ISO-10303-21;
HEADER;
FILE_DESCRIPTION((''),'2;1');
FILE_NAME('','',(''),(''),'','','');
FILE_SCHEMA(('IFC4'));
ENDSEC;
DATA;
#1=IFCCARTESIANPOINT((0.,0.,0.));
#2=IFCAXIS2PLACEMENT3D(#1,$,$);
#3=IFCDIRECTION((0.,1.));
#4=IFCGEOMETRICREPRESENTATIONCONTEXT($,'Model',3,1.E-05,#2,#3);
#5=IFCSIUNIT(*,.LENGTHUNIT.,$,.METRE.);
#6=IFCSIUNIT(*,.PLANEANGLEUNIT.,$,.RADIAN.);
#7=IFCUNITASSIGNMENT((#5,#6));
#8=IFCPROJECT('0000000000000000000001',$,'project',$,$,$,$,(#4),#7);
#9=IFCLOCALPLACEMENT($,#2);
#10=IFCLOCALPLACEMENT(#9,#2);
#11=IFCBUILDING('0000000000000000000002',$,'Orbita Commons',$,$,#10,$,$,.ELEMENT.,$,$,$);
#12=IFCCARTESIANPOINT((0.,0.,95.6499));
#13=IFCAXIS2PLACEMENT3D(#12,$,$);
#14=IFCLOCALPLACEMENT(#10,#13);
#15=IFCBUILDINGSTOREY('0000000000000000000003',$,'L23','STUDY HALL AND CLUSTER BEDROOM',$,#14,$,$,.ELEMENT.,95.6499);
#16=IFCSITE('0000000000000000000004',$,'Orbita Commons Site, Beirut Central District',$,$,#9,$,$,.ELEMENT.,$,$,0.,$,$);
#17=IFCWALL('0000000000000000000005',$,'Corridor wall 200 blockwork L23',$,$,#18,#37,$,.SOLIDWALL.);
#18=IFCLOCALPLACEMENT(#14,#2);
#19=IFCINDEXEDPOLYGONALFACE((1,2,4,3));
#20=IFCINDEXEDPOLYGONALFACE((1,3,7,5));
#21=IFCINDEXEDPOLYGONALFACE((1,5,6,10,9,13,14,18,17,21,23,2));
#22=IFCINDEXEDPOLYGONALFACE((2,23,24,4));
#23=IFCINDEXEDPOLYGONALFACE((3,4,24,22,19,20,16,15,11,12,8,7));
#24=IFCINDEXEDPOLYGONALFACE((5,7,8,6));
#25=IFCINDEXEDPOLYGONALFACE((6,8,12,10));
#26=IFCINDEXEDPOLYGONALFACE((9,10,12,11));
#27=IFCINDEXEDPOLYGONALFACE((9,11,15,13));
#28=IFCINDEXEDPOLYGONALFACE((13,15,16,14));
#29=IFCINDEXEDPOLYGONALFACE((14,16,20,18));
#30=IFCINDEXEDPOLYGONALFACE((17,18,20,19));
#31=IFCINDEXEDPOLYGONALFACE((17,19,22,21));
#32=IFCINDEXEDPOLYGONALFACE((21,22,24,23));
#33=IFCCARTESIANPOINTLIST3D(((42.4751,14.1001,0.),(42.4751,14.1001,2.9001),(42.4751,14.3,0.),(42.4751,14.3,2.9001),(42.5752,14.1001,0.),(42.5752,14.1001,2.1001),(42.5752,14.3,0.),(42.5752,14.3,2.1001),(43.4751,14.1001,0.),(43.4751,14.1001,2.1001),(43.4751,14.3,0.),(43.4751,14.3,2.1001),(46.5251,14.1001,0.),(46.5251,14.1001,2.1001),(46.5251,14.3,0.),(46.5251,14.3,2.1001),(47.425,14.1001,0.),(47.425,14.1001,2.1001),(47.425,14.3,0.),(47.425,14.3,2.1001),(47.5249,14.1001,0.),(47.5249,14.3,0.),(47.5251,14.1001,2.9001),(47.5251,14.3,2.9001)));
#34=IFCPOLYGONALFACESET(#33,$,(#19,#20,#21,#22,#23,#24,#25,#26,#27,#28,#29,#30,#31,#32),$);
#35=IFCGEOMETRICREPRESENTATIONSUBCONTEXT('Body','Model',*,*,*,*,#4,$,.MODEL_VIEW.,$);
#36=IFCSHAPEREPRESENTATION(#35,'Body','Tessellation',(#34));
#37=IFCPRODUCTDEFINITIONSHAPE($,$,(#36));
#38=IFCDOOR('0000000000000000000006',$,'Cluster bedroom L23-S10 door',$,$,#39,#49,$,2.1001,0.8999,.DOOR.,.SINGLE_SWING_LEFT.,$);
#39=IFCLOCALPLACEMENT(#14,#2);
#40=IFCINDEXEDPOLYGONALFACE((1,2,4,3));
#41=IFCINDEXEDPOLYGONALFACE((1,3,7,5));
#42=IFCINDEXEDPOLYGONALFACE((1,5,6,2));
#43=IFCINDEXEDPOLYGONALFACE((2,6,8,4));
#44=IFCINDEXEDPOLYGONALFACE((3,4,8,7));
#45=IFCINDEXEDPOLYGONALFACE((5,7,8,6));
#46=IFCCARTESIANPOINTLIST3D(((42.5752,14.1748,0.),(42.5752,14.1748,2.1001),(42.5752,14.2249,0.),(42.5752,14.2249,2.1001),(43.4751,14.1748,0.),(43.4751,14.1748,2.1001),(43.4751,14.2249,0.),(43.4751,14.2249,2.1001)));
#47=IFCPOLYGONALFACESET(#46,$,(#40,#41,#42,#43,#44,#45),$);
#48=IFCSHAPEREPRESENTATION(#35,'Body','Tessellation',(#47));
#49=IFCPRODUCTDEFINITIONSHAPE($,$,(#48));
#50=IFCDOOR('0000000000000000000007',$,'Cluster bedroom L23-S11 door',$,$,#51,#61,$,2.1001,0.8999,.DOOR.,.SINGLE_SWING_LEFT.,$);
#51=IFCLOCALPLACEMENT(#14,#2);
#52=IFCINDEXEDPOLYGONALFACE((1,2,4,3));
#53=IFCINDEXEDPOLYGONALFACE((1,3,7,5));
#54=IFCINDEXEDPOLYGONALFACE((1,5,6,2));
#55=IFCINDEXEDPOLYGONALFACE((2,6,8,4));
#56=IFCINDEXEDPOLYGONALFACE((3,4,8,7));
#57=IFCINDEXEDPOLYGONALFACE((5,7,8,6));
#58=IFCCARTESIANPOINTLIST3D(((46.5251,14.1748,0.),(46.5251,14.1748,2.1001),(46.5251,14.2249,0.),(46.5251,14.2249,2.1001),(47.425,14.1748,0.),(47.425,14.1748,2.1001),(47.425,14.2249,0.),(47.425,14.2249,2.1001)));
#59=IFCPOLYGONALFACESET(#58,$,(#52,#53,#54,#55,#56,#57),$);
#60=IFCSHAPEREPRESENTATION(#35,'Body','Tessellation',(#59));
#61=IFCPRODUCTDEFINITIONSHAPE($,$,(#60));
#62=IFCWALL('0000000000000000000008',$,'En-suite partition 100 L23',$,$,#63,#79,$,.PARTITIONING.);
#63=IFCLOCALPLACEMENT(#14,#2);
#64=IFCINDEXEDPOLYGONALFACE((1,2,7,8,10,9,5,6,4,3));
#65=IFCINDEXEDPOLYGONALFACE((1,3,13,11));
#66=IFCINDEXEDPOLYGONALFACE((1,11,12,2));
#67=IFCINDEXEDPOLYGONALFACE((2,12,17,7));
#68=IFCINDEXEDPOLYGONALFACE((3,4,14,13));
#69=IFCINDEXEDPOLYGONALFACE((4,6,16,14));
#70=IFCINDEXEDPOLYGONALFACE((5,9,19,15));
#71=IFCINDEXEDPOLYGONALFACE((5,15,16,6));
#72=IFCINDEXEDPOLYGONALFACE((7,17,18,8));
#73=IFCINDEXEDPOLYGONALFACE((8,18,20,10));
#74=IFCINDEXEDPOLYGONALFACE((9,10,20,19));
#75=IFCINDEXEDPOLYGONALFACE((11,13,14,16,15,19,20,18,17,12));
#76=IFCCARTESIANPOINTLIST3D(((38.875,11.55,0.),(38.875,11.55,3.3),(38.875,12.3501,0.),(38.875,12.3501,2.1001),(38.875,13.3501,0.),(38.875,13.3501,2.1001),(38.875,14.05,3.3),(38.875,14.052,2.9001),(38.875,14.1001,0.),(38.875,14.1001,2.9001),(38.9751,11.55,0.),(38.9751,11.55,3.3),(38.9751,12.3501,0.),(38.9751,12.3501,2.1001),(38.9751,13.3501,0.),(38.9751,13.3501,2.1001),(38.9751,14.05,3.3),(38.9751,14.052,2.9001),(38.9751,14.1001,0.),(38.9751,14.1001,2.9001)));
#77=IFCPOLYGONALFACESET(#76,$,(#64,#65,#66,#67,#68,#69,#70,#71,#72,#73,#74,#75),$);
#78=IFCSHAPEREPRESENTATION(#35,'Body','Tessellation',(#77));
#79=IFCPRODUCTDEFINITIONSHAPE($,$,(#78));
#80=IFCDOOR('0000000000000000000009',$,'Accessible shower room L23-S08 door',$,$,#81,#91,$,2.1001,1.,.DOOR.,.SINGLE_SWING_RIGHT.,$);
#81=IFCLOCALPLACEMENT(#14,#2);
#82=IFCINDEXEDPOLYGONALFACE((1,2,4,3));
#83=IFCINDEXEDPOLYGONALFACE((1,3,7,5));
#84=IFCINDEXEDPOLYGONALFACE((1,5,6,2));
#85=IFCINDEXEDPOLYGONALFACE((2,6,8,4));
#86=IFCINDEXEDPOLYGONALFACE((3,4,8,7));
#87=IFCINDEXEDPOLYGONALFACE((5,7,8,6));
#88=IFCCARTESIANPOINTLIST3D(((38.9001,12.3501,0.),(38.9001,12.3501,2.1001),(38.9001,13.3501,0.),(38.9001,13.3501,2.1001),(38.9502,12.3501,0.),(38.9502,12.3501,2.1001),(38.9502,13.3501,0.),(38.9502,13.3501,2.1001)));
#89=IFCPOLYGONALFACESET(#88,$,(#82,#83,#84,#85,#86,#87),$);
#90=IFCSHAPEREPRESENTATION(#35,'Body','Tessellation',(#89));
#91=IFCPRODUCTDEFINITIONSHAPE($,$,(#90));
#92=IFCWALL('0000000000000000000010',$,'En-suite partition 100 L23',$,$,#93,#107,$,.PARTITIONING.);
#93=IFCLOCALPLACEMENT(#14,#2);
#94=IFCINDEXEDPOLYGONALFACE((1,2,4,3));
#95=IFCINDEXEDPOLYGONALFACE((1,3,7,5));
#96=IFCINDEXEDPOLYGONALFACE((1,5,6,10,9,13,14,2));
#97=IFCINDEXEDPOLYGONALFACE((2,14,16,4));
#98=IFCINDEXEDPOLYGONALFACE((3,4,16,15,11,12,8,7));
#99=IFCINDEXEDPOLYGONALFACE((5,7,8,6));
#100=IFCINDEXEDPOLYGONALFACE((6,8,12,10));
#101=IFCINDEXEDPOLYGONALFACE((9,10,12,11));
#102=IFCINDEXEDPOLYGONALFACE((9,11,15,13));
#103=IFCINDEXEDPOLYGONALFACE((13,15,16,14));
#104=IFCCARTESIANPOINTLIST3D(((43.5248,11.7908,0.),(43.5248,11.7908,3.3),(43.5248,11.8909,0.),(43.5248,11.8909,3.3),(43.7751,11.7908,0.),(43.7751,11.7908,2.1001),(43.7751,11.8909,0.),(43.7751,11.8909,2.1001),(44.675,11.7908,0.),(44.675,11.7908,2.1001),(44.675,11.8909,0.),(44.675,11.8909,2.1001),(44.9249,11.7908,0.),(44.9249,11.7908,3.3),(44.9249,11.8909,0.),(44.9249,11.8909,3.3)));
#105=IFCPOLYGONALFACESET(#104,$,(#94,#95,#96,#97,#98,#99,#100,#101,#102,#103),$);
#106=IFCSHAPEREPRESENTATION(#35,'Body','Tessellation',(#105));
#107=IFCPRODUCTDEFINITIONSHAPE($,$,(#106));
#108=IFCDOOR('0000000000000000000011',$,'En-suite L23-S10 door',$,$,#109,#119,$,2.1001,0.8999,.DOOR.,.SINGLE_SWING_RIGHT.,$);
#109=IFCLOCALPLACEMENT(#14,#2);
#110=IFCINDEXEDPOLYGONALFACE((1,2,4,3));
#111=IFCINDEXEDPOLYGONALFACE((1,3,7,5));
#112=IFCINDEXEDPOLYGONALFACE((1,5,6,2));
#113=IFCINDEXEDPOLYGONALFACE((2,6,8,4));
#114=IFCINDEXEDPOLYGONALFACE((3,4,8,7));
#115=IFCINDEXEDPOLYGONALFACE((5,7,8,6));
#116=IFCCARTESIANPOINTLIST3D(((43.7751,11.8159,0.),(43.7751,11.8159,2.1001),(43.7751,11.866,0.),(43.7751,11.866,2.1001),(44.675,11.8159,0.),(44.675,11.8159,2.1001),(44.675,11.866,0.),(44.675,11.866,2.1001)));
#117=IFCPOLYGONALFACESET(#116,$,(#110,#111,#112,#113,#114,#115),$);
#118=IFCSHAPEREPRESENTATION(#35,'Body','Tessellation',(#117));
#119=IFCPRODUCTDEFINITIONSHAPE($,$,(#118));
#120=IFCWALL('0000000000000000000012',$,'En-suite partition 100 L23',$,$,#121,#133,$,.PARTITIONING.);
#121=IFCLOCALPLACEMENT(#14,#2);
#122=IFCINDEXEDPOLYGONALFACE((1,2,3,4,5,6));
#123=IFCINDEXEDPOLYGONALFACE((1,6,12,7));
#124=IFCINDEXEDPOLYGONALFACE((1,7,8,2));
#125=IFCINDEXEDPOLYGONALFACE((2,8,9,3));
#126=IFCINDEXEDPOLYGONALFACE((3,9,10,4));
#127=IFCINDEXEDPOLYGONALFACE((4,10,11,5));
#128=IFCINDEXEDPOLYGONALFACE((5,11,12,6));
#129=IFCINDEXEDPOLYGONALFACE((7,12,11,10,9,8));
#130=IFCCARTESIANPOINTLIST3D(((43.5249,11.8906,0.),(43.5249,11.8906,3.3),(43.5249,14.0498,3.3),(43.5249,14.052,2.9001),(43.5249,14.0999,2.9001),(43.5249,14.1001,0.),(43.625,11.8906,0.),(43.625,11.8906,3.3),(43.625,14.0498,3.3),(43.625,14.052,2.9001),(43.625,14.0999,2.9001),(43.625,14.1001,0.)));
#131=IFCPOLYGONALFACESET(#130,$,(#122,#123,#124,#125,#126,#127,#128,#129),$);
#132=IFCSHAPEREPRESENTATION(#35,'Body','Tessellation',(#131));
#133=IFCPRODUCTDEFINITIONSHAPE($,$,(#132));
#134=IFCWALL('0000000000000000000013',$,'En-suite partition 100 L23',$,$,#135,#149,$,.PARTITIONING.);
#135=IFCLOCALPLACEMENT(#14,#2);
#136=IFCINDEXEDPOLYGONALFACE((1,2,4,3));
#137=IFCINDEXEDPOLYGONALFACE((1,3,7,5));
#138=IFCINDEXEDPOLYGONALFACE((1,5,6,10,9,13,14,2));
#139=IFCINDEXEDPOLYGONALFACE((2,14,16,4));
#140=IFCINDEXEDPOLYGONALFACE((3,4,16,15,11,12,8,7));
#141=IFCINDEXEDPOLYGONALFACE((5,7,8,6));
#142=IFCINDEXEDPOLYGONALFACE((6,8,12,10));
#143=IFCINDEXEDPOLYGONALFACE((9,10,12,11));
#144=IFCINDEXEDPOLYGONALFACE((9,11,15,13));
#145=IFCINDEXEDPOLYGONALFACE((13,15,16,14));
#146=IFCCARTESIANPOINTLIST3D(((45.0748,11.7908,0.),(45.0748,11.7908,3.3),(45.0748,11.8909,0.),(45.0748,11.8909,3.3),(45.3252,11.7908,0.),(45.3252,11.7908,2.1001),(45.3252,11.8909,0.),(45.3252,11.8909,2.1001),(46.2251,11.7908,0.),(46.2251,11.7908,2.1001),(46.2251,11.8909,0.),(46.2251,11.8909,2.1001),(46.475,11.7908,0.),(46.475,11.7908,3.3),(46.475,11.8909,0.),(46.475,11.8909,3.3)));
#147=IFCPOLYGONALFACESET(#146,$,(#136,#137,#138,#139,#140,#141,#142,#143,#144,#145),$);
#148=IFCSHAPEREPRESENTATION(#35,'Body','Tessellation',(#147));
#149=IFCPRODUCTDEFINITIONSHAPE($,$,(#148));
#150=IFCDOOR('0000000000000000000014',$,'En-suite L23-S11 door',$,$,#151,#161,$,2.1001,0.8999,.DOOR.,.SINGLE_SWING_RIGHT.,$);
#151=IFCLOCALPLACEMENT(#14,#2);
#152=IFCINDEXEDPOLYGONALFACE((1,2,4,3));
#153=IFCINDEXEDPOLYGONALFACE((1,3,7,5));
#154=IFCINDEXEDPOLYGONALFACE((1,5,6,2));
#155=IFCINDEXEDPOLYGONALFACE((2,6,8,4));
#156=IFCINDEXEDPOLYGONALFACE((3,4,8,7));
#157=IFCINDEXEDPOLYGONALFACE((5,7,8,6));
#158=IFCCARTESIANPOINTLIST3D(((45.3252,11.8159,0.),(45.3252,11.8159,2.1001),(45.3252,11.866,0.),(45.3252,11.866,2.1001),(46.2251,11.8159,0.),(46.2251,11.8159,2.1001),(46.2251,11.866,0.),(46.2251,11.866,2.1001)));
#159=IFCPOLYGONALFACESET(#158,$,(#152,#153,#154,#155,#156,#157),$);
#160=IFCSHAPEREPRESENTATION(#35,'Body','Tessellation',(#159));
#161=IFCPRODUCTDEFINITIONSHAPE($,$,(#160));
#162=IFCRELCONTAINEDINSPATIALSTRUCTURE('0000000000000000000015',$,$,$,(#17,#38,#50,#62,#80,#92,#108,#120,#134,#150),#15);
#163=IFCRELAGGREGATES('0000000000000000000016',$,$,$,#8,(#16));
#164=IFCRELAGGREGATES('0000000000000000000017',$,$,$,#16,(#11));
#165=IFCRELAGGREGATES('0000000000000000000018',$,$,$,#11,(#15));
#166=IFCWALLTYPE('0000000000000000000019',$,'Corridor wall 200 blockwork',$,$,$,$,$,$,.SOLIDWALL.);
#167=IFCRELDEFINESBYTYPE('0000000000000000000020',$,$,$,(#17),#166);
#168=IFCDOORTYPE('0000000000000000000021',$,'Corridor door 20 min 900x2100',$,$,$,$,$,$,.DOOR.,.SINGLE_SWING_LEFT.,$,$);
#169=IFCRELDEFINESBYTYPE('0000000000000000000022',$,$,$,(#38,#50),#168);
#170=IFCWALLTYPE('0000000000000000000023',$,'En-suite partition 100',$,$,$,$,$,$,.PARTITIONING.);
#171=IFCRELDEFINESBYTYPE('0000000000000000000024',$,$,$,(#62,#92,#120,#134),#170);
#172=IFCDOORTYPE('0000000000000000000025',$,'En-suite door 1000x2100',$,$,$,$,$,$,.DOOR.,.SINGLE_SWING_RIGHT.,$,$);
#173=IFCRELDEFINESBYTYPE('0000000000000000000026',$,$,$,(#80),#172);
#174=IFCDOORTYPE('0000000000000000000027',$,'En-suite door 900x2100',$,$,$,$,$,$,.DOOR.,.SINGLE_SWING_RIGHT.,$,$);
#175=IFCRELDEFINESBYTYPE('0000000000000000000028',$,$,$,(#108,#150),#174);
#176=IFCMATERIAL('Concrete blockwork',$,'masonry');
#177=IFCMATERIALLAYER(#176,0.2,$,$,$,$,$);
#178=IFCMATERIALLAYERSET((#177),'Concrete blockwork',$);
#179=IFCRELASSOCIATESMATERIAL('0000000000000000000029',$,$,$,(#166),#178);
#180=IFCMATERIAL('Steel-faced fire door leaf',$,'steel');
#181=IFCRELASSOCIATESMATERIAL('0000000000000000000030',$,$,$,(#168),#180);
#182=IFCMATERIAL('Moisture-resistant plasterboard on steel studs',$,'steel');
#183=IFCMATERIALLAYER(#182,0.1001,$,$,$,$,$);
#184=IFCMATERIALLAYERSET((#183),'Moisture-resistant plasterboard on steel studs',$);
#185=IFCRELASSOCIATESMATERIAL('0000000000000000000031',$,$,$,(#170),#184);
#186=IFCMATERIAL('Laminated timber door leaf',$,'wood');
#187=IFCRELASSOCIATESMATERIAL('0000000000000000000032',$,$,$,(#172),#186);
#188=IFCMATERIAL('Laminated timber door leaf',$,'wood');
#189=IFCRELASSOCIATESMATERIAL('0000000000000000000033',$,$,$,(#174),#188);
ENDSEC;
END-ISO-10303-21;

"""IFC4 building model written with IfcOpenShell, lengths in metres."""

from ifc_helpers import new_model, si_unit, direction, frame, frame_2d, origin, place, context, subcontext, project, spatial, polyline, rectangle, outline, extrude, material, layer, layer_set, type_object, element, fill, save


model = new_model("IFC4")

# Units and contexts
model_context = context("Model", 3, precision=1e-05, world=origin(), true_north=direction((0.0, 1.0)))
body_context = subcontext(model_context, "Body", "Model", "MODEL_VIEW")
ifc_project = project(units=[si_unit("LENGTHUNIT", "METRE"), si_unit("PLANEANGLEUNIT", "RADIAN")], contexts=[model_context])

# Site, building, storey
site_placement = place(None, origin())
site = spatial("IfcSite", under=ifc_project, at=site_placement, Name="Orbita Commons Site, Beirut Central District", CompositionType="ELEMENT", RefElevation=0.0)
building_placement = place(site_placement, origin())
building = spatial("IfcBuilding", under=site, at=building_placement, Name="Orbita Commons", CompositionType="ELEMENT")
storey_placement = place(building_placement, frame((0.0, 0.0, 95.6499)))
storey = spatial("IfcBuildingStorey", under=building, at=storey_placement, Name="L23", Description="STUDY HALL AND CLUSTER BEDROOM", CompositionType="ELEMENT", Elevation=95.6499)

# Wall, openings, doors
ifc_material_1 = material(Name="Concrete blockwork", Category="masonry")
ifc_layer_1 = layer(ifc_material_1, 0.2)
ifc_layer_set_1 = layer_set([ifc_layer_1], Name="Concrete blockwork")
wall_type_1 = type_object("IfcWallType", Name="Corridor wall 200 blockwork", PredefinedType="SOLIDWALL", material=ifc_layer_set_1)
wall_1_placement = place(storey_placement, frame((42.4751, 14.2, 0.0), z_axis=(0.0, 0.0, 1.0), x_axis=(1.0, 0.0, 0.0)))
wall_1 = element("IfcWall", 1, at=wall_1_placement, inside=storey, type_object=wall_type_1, Name="Corridor wall 200 blockwork L23", PredefinedType="SOLIDWALL", context=body_context, shape_type="SweptSolid", body=[
    extrude(outline(polyline([(0.0, 0.0), (5.0498, 0.0), (5.05, 2.9001), (0.0, 2.9001), (0.0, 0.0)])), frame((0.0, 0.1001, 0.0), z_axis=(0.0, -1.0, 0.0), x_axis=(1.0, 0.0, 0.0)), (0.0, 0.0, 1.0), 0.2),
])
opening_1_placement = place(wall_1_placement, frame((0.1001, 0.0, 0.0)))
opening_1 = element("IfcOpeningElement", 2, at=opening_1_placement, cuts=wall_1, PredefinedType="OPENING", context=body_context, shape_type="SweptSolid", body=[
    extrude(rectangle(XDim=0.8999, YDim=2.1001, at=frame_2d((0.45, 1.05))), frame((0.0, 0.1099, 0.0), z_axis=(0.0, -1.0, 0.0), x_axis=(1.0, 0.0, 0.0)), (0.0, 0.0, 1.0), 0.22),
])
opening_2_placement = place(wall_1_placement, frame((4.05, 0.0, 0.0)))
opening_2 = element("IfcOpeningElement", 3, at=opening_2_placement, cuts=wall_1, PredefinedType="OPENING", context=body_context, shape_type="SweptSolid", body=[
    extrude(rectangle(XDim=0.8999, YDim=2.1001, at=frame_2d((0.45, 1.05))), frame((0.0, 0.1099, 0.0), z_axis=(0.0, -1.0, 0.0), x_axis=(1.0, 0.0, 0.0)), (0.0, 0.0, 1.0), 0.22),
])
ifc_material_2 = material(Name="Steel-faced fire door leaf", Category="steel")
door_type_1 = type_object("IfcDoorType", Name="Corridor door 20 min 900x2100", OperationType="SINGLE_SWING_LEFT", PredefinedType="DOOR", material=ifc_material_2)
door_1_placement = place(opening_1_placement, origin())
door_1 = element("IfcDoor", 4, at=door_1_placement, inside=storey, type_object=door_type_1, Name="Cluster bedroom L23-S10 door", OperationType="SINGLE_SWING_LEFT", OverallHeight=2.1001, OverallWidth=0.8999, PredefinedType="DOOR", context=body_context, shape_type="SweptSolid", body=[
    extrude(rectangle(XDim=0.8999, YDim=2.1001, at=frame_2d((0.45, 1.05))), frame((0.0, 0.0249, 0.0), z_axis=(0.0, -1.0, 0.0), x_axis=(1.0, 0.0, 0.0)), (0.0, 0.0, 1.0), 0.05),
])
fill(opening_1, door_1)
door_2_placement = place(opening_2_placement, origin())
door_2 = element("IfcDoor", 5, at=door_2_placement, inside=storey, type_object=door_type_1, Name="Cluster bedroom L23-S11 door", OperationType="SINGLE_SWING_LEFT", OverallHeight=2.1001, OverallWidth=0.8999, PredefinedType="DOOR", context=body_context, shape_type="SweptSolid", body=[
    extrude(rectangle(XDim=0.8999, YDim=2.1001, at=frame_2d((0.45, 1.05))), frame((0.0, 0.0249, 0.0), z_axis=(0.0, -1.0, 0.0), x_axis=(1.0, 0.0, 0.0)), (0.0, 0.0, 1.0), 0.05),
])
fill(opening_2, door_2)

# Walls, openings, doors
ifc_material_3 = material(Name="Moisture-resistant plasterboard on steel studs", Category="steel")
ifc_layer_2 = layer(ifc_material_3, 0.1001)
ifc_layer_set_2 = layer_set([ifc_layer_2], Name="Moisture-resistant plasterboard on steel studs")
wall_type_2 = type_object("IfcWallType", Name="En-suite partition 100", PredefinedType="PARTITIONING", material=ifc_layer_set_2)
wall_2_placement = place(storey_placement, frame((38.925, 11.55, 0.0), z_axis=(0.0, 0.0, 1.0), x_axis=(0.0, 1.0, 0.0)))
wall_2 = element("IfcWall", 6, at=wall_2_placement, inside=storey, type_object=wall_type_2, Name="En-suite partition 100 L23", PredefinedType="PARTITIONING", context=body_context, shape_type="SweptSolid", body=[
    extrude(outline(polyline([(0.0, 0.0), (2.55, 0.0), (2.55, 2.9001), (2.502, 2.9001), (2.5, 3.3), (0.0, 3.3), (0.0, 0.0)])), frame((0.0, 0.05, 0.0), z_axis=(0.0, -1.0, 0.0), x_axis=(1.0, 0.0, 0.0)), (0.0, 0.0, 1.0), 0.1001),
])
opening_3_placement = place(wall_2_placement, frame((0.8, 0.0, 0.0)))
opening_3 = element("IfcOpeningElement", 7, at=opening_3_placement, cuts=wall_2, PredefinedType="OPENING", context=body_context, shape_type="SweptSolid", body=[
    extrude(rectangle(XDim=1.0, YDim=2.1001, at=frame_2d((0.5, 1.05))), frame((0.0, 0.0601, 0.0), z_axis=(0.0, -1.0, 0.0), x_axis=(1.0, 0.0, 0.0)), (0.0, 0.0, 1.0), 0.1201),
])
ifc_material_4 = material(Name="Laminated timber door leaf", Category="wood")
door_type_2 = type_object("IfcDoorType", Name="En-suite door 1000x2100", OperationType="SINGLE_SWING_RIGHT", PredefinedType="DOOR", material=ifc_material_4)
door_3_placement = place(opening_3_placement, origin())
door_3 = element("IfcDoor", 8, at=door_3_placement, inside=storey, type_object=door_type_2, Name="Accessible shower room L23-S08 door", OperationType="SINGLE_SWING_RIGHT", OverallHeight=2.1001, OverallWidth=1.0, PredefinedType="DOOR", context=body_context, shape_type="SweptSolid", body=[
    extrude(rectangle(XDim=1.0, YDim=2.1001, at=frame_2d((0.5, 1.05))), frame((0.0, 0.0249, 0.0), z_axis=(0.0, -1.0, 0.0), x_axis=(1.0, 0.0, 0.0)), (0.0, 0.0, 1.0), 0.05),
])
fill(opening_3, door_3)
wall_3_placement = place(storey_placement, frame((44.925, 11.8408, 0.0), z_axis=(0.0, 0.0, 1.0), x_axis=(-1.0, 0.0, 0.0)))
wall_3 = element("IfcWall", 9, at=wall_3_placement, inside=storey, type_object=wall_type_2, Name="En-suite partition 100 L23", PredefinedType="PARTITIONING", context=body_context, shape_type="SweptSolid", body=[
    extrude(rectangle(XDim=1.4001, YDim=0.1001, at=frame_2d((0.7002, 0.0))), origin(), (0.0, 0.0, 1.0), 3.3),
])
opening_4_placement = place(wall_3_placement, frame((0.25, 0.0, 0.0)))
opening_4 = element("IfcOpeningElement", 10, at=opening_4_placement, cuts=wall_3, PredefinedType="OPENING", context=body_context, shape_type="SweptSolid", body=[
    extrude(rectangle(XDim=0.8999, YDim=2.1001, at=frame_2d((0.45, 1.05))), frame((0.0, 0.0601, 0.0), z_axis=(0.0, -1.0, 0.0), x_axis=(1.0, 0.0, 0.0)), (0.0, 0.0, 1.0), 0.1201),
])
ifc_material_5 = material(Name="Laminated timber door leaf", Category="wood")
door_type_3 = type_object("IfcDoorType", Name="En-suite door 900x2100", OperationType="SINGLE_SWING_RIGHT", PredefinedType="DOOR", material=ifc_material_5)
door_4_placement = place(opening_4_placement, origin())
door_4 = element("IfcDoor", 11, at=door_4_placement, inside=storey, type_object=door_type_3, Name="En-suite L23-S10 door", OperationType="SINGLE_SWING_RIGHT", OverallHeight=2.1001, OverallWidth=0.8999, PredefinedType="DOOR", context=body_context, shape_type="SweptSolid", body=[
    extrude(rectangle(XDim=0.8999, YDim=2.1001, at=frame_2d((0.45, 1.05))), frame((0.0, 0.0249, 0.0), z_axis=(0.0, -1.0, 0.0), x_axis=(1.0, 0.0, 0.0)), (0.0, 0.0, 1.0), 0.05),
])
fill(opening_4, door_4)

# Wall
wall_4_placement = place(storey_placement, frame((43.575, 11.8906, 0.0), z_axis=(0.0, 0.0, 1.0), x_axis=(0.0, 1.0, 0.0)))
element("IfcWall", 12, at=wall_4_placement, inside=storey, type_object=wall_type_2, Name="En-suite partition 100 L23", PredefinedType="PARTITIONING", context=body_context, shape_type="SweptSolid", body=[
    extrude(outline(polyline([(0.0, 0.0), (2.2095, 0.0), (2.2092, 2.9001), (2.1614, 2.9001), (2.1592, 3.3), (0.0, 3.3), (0.0, 0.0)])), frame((0.0, 0.05, 0.0), z_axis=(0.0, -1.0, 0.0), x_axis=(1.0, 0.0, 0.0)), (0.0, 0.0, 1.0), 0.1001),
])

# Wall, opening, door
wall_5_placement = place(storey_placement, frame((46.4751, 11.8408, 0.0), z_axis=(0.0, 0.0, 1.0), x_axis=(-1.0, 0.0, 0.0)))
wall_5 = element("IfcWall", 13, at=wall_5_placement, inside=storey, type_object=wall_type_2, Name="En-suite partition 100 L23", PredefinedType="PARTITIONING", context=body_context, shape_type="SweptSolid", body=[
    extrude(rectangle(XDim=1.4001, YDim=0.1001, at=frame_2d((0.7002, 0.0))), origin(), (0.0, 0.0, 1.0), 3.3),
])
opening_5_placement = place(wall_5_placement, frame((0.25, 0.0, 0.0)))
opening_5 = element("IfcOpeningElement", 14, at=opening_5_placement, cuts=wall_5, PredefinedType="OPENING", context=body_context, shape_type="SweptSolid", body=[
    extrude(rectangle(XDim=0.8999, YDim=2.1001, at=frame_2d((0.45, 1.05))), frame((0.0, 0.0601, 0.0), z_axis=(0.0, -1.0, 0.0), x_axis=(1.0, 0.0, 0.0)), (0.0, 0.0, 1.0), 0.1201),
])
door_5_placement = place(opening_5_placement, origin())
door_5 = element("IfcDoor", 15, at=door_5_placement, inside=storey, type_object=door_type_3, Name="En-suite L23-S11 door", OperationType="SINGLE_SWING_RIGHT", OverallHeight=2.1001, OverallWidth=0.8999, PredefinedType="DOOR", context=body_context, shape_type="SweptSolid", body=[
    extrude(rectangle(XDim=0.8999, YDim=2.1001, at=frame_2d((0.45, 1.05))), frame((0.0, 0.0249, 0.0), z_axis=(0.0, -1.0, 0.0), x_axis=(1.0, 0.0, 0.0)), (0.0, 0.0, 1.0), 0.05),
])
fill(opening_5, door_5)

save(model, "model.ifc")
